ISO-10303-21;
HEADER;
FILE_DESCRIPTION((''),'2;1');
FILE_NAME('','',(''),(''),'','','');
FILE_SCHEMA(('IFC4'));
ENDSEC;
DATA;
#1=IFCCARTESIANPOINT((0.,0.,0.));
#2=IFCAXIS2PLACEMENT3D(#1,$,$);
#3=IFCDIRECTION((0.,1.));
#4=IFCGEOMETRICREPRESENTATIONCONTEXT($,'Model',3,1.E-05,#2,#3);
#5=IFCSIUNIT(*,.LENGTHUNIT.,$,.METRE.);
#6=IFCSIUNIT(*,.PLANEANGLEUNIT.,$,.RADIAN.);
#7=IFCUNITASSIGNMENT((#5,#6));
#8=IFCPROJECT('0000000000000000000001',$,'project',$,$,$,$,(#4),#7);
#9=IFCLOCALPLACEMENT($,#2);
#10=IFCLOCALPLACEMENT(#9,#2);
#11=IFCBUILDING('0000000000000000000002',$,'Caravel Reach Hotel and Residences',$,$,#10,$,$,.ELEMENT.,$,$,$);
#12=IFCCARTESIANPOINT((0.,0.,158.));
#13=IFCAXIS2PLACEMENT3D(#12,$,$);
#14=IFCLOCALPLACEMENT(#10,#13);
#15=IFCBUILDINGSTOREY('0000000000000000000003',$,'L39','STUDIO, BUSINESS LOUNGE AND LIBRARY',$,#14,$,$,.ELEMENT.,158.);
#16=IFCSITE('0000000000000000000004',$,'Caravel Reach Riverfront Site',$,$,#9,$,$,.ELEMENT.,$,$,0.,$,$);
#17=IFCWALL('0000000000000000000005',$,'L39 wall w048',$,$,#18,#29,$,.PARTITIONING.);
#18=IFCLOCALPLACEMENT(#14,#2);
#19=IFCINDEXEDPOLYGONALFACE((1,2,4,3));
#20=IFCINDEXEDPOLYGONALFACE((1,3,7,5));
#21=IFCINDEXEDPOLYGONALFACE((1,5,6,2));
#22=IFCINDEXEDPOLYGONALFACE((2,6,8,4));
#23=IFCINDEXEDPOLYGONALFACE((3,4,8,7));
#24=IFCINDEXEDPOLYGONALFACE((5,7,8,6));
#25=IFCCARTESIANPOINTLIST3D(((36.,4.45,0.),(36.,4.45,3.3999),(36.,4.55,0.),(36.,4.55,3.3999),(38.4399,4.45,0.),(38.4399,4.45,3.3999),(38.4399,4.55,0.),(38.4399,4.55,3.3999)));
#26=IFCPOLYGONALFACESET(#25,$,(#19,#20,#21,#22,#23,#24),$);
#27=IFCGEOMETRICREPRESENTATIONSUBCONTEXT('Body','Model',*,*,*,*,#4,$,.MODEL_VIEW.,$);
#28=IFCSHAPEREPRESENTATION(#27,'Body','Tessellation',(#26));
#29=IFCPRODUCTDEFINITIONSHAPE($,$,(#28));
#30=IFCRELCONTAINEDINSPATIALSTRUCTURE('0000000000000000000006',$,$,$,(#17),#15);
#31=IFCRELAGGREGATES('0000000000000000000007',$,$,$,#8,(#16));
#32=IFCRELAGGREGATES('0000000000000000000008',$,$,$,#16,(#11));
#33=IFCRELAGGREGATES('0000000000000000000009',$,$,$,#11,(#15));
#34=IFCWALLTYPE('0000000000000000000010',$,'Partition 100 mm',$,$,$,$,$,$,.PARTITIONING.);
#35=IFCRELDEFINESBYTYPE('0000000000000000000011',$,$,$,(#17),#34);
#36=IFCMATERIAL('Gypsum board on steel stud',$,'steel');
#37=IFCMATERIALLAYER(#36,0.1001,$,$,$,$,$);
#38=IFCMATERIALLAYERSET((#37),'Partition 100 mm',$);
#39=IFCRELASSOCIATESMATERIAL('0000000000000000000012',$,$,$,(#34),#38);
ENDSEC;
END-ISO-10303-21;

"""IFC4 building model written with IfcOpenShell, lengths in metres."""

from ifc_helpers import new_model, si_unit, direction, frame, frame_2d, origin, place, context, subcontext, project, spatial, rectangle, extrude, material, layer, layer_set, type_object, element, save


model = new_model("IFC4")

# Units and contexts
model_context = context("Model", 3, precision=1e-05, world=origin(), true_north=direction((0.0, 1.0)))
body_context = subcontext(model_context, "Body", "Model", "MODEL_VIEW")
ifc_project = project(units=[si_unit("LENGTHUNIT", "METRE"), si_unit("PLANEANGLEUNIT", "RADIAN")], contexts=[model_context])

# Site, building, storey
site_placement = place(None, origin())
site = spatial("IfcSite", under=ifc_project, at=site_placement, Name="Caravel Reach Riverfront Site", CompositionType="ELEMENT", RefElevation=0.0)
building_placement = place(site_placement, origin())
building = spatial("IfcBuilding", under=site, at=building_placement, Name="Caravel Reach Hotel and Residences", CompositionType="ELEMENT")
storey_placement = place(building_placement, frame((0.0, 0.0, 158.0)))
storey = spatial("IfcBuildingStorey", under=building, at=storey_placement, Name="L39", Description="STUDIO, BUSINESS LOUNGE AND LIBRARY", CompositionType="ELEMENT", Elevation=158.0)

# Wall
ifc_material_1 = material(Name="Gypsum board on steel stud", Category="steel")
ifc_layer_1 = layer(ifc_material_1, 0.1001)
ifc_layer_set_1 = layer_set([ifc_layer_1], Name="Partition 100 mm")
wall_type_1 = type_object("IfcWallType", Name="Partition 100 mm", PredefinedType="PARTITIONING", material=ifc_layer_set_1)
wall_1_placement = place(storey_placement, frame((36.0, 4.5, 0.0), z_axis=(0.0, 0.0, 1.0), x_axis=(1.0, 0.0, 0.0)))
element("IfcWall", 1, at=wall_1_placement, inside=storey, type_object=wall_type_1, Name="L39 wall w048", PredefinedType="PARTITIONING", context=body_context, shape_type="SweptSolid", body=[
    extrude(rectangle(XDim=2.4399, YDim=0.1001, at=frame_2d((1.22, 0.0))), origin(), (0.0, 0.0, 1.0), 3.3999),
])

save(model, "model.ifc")
